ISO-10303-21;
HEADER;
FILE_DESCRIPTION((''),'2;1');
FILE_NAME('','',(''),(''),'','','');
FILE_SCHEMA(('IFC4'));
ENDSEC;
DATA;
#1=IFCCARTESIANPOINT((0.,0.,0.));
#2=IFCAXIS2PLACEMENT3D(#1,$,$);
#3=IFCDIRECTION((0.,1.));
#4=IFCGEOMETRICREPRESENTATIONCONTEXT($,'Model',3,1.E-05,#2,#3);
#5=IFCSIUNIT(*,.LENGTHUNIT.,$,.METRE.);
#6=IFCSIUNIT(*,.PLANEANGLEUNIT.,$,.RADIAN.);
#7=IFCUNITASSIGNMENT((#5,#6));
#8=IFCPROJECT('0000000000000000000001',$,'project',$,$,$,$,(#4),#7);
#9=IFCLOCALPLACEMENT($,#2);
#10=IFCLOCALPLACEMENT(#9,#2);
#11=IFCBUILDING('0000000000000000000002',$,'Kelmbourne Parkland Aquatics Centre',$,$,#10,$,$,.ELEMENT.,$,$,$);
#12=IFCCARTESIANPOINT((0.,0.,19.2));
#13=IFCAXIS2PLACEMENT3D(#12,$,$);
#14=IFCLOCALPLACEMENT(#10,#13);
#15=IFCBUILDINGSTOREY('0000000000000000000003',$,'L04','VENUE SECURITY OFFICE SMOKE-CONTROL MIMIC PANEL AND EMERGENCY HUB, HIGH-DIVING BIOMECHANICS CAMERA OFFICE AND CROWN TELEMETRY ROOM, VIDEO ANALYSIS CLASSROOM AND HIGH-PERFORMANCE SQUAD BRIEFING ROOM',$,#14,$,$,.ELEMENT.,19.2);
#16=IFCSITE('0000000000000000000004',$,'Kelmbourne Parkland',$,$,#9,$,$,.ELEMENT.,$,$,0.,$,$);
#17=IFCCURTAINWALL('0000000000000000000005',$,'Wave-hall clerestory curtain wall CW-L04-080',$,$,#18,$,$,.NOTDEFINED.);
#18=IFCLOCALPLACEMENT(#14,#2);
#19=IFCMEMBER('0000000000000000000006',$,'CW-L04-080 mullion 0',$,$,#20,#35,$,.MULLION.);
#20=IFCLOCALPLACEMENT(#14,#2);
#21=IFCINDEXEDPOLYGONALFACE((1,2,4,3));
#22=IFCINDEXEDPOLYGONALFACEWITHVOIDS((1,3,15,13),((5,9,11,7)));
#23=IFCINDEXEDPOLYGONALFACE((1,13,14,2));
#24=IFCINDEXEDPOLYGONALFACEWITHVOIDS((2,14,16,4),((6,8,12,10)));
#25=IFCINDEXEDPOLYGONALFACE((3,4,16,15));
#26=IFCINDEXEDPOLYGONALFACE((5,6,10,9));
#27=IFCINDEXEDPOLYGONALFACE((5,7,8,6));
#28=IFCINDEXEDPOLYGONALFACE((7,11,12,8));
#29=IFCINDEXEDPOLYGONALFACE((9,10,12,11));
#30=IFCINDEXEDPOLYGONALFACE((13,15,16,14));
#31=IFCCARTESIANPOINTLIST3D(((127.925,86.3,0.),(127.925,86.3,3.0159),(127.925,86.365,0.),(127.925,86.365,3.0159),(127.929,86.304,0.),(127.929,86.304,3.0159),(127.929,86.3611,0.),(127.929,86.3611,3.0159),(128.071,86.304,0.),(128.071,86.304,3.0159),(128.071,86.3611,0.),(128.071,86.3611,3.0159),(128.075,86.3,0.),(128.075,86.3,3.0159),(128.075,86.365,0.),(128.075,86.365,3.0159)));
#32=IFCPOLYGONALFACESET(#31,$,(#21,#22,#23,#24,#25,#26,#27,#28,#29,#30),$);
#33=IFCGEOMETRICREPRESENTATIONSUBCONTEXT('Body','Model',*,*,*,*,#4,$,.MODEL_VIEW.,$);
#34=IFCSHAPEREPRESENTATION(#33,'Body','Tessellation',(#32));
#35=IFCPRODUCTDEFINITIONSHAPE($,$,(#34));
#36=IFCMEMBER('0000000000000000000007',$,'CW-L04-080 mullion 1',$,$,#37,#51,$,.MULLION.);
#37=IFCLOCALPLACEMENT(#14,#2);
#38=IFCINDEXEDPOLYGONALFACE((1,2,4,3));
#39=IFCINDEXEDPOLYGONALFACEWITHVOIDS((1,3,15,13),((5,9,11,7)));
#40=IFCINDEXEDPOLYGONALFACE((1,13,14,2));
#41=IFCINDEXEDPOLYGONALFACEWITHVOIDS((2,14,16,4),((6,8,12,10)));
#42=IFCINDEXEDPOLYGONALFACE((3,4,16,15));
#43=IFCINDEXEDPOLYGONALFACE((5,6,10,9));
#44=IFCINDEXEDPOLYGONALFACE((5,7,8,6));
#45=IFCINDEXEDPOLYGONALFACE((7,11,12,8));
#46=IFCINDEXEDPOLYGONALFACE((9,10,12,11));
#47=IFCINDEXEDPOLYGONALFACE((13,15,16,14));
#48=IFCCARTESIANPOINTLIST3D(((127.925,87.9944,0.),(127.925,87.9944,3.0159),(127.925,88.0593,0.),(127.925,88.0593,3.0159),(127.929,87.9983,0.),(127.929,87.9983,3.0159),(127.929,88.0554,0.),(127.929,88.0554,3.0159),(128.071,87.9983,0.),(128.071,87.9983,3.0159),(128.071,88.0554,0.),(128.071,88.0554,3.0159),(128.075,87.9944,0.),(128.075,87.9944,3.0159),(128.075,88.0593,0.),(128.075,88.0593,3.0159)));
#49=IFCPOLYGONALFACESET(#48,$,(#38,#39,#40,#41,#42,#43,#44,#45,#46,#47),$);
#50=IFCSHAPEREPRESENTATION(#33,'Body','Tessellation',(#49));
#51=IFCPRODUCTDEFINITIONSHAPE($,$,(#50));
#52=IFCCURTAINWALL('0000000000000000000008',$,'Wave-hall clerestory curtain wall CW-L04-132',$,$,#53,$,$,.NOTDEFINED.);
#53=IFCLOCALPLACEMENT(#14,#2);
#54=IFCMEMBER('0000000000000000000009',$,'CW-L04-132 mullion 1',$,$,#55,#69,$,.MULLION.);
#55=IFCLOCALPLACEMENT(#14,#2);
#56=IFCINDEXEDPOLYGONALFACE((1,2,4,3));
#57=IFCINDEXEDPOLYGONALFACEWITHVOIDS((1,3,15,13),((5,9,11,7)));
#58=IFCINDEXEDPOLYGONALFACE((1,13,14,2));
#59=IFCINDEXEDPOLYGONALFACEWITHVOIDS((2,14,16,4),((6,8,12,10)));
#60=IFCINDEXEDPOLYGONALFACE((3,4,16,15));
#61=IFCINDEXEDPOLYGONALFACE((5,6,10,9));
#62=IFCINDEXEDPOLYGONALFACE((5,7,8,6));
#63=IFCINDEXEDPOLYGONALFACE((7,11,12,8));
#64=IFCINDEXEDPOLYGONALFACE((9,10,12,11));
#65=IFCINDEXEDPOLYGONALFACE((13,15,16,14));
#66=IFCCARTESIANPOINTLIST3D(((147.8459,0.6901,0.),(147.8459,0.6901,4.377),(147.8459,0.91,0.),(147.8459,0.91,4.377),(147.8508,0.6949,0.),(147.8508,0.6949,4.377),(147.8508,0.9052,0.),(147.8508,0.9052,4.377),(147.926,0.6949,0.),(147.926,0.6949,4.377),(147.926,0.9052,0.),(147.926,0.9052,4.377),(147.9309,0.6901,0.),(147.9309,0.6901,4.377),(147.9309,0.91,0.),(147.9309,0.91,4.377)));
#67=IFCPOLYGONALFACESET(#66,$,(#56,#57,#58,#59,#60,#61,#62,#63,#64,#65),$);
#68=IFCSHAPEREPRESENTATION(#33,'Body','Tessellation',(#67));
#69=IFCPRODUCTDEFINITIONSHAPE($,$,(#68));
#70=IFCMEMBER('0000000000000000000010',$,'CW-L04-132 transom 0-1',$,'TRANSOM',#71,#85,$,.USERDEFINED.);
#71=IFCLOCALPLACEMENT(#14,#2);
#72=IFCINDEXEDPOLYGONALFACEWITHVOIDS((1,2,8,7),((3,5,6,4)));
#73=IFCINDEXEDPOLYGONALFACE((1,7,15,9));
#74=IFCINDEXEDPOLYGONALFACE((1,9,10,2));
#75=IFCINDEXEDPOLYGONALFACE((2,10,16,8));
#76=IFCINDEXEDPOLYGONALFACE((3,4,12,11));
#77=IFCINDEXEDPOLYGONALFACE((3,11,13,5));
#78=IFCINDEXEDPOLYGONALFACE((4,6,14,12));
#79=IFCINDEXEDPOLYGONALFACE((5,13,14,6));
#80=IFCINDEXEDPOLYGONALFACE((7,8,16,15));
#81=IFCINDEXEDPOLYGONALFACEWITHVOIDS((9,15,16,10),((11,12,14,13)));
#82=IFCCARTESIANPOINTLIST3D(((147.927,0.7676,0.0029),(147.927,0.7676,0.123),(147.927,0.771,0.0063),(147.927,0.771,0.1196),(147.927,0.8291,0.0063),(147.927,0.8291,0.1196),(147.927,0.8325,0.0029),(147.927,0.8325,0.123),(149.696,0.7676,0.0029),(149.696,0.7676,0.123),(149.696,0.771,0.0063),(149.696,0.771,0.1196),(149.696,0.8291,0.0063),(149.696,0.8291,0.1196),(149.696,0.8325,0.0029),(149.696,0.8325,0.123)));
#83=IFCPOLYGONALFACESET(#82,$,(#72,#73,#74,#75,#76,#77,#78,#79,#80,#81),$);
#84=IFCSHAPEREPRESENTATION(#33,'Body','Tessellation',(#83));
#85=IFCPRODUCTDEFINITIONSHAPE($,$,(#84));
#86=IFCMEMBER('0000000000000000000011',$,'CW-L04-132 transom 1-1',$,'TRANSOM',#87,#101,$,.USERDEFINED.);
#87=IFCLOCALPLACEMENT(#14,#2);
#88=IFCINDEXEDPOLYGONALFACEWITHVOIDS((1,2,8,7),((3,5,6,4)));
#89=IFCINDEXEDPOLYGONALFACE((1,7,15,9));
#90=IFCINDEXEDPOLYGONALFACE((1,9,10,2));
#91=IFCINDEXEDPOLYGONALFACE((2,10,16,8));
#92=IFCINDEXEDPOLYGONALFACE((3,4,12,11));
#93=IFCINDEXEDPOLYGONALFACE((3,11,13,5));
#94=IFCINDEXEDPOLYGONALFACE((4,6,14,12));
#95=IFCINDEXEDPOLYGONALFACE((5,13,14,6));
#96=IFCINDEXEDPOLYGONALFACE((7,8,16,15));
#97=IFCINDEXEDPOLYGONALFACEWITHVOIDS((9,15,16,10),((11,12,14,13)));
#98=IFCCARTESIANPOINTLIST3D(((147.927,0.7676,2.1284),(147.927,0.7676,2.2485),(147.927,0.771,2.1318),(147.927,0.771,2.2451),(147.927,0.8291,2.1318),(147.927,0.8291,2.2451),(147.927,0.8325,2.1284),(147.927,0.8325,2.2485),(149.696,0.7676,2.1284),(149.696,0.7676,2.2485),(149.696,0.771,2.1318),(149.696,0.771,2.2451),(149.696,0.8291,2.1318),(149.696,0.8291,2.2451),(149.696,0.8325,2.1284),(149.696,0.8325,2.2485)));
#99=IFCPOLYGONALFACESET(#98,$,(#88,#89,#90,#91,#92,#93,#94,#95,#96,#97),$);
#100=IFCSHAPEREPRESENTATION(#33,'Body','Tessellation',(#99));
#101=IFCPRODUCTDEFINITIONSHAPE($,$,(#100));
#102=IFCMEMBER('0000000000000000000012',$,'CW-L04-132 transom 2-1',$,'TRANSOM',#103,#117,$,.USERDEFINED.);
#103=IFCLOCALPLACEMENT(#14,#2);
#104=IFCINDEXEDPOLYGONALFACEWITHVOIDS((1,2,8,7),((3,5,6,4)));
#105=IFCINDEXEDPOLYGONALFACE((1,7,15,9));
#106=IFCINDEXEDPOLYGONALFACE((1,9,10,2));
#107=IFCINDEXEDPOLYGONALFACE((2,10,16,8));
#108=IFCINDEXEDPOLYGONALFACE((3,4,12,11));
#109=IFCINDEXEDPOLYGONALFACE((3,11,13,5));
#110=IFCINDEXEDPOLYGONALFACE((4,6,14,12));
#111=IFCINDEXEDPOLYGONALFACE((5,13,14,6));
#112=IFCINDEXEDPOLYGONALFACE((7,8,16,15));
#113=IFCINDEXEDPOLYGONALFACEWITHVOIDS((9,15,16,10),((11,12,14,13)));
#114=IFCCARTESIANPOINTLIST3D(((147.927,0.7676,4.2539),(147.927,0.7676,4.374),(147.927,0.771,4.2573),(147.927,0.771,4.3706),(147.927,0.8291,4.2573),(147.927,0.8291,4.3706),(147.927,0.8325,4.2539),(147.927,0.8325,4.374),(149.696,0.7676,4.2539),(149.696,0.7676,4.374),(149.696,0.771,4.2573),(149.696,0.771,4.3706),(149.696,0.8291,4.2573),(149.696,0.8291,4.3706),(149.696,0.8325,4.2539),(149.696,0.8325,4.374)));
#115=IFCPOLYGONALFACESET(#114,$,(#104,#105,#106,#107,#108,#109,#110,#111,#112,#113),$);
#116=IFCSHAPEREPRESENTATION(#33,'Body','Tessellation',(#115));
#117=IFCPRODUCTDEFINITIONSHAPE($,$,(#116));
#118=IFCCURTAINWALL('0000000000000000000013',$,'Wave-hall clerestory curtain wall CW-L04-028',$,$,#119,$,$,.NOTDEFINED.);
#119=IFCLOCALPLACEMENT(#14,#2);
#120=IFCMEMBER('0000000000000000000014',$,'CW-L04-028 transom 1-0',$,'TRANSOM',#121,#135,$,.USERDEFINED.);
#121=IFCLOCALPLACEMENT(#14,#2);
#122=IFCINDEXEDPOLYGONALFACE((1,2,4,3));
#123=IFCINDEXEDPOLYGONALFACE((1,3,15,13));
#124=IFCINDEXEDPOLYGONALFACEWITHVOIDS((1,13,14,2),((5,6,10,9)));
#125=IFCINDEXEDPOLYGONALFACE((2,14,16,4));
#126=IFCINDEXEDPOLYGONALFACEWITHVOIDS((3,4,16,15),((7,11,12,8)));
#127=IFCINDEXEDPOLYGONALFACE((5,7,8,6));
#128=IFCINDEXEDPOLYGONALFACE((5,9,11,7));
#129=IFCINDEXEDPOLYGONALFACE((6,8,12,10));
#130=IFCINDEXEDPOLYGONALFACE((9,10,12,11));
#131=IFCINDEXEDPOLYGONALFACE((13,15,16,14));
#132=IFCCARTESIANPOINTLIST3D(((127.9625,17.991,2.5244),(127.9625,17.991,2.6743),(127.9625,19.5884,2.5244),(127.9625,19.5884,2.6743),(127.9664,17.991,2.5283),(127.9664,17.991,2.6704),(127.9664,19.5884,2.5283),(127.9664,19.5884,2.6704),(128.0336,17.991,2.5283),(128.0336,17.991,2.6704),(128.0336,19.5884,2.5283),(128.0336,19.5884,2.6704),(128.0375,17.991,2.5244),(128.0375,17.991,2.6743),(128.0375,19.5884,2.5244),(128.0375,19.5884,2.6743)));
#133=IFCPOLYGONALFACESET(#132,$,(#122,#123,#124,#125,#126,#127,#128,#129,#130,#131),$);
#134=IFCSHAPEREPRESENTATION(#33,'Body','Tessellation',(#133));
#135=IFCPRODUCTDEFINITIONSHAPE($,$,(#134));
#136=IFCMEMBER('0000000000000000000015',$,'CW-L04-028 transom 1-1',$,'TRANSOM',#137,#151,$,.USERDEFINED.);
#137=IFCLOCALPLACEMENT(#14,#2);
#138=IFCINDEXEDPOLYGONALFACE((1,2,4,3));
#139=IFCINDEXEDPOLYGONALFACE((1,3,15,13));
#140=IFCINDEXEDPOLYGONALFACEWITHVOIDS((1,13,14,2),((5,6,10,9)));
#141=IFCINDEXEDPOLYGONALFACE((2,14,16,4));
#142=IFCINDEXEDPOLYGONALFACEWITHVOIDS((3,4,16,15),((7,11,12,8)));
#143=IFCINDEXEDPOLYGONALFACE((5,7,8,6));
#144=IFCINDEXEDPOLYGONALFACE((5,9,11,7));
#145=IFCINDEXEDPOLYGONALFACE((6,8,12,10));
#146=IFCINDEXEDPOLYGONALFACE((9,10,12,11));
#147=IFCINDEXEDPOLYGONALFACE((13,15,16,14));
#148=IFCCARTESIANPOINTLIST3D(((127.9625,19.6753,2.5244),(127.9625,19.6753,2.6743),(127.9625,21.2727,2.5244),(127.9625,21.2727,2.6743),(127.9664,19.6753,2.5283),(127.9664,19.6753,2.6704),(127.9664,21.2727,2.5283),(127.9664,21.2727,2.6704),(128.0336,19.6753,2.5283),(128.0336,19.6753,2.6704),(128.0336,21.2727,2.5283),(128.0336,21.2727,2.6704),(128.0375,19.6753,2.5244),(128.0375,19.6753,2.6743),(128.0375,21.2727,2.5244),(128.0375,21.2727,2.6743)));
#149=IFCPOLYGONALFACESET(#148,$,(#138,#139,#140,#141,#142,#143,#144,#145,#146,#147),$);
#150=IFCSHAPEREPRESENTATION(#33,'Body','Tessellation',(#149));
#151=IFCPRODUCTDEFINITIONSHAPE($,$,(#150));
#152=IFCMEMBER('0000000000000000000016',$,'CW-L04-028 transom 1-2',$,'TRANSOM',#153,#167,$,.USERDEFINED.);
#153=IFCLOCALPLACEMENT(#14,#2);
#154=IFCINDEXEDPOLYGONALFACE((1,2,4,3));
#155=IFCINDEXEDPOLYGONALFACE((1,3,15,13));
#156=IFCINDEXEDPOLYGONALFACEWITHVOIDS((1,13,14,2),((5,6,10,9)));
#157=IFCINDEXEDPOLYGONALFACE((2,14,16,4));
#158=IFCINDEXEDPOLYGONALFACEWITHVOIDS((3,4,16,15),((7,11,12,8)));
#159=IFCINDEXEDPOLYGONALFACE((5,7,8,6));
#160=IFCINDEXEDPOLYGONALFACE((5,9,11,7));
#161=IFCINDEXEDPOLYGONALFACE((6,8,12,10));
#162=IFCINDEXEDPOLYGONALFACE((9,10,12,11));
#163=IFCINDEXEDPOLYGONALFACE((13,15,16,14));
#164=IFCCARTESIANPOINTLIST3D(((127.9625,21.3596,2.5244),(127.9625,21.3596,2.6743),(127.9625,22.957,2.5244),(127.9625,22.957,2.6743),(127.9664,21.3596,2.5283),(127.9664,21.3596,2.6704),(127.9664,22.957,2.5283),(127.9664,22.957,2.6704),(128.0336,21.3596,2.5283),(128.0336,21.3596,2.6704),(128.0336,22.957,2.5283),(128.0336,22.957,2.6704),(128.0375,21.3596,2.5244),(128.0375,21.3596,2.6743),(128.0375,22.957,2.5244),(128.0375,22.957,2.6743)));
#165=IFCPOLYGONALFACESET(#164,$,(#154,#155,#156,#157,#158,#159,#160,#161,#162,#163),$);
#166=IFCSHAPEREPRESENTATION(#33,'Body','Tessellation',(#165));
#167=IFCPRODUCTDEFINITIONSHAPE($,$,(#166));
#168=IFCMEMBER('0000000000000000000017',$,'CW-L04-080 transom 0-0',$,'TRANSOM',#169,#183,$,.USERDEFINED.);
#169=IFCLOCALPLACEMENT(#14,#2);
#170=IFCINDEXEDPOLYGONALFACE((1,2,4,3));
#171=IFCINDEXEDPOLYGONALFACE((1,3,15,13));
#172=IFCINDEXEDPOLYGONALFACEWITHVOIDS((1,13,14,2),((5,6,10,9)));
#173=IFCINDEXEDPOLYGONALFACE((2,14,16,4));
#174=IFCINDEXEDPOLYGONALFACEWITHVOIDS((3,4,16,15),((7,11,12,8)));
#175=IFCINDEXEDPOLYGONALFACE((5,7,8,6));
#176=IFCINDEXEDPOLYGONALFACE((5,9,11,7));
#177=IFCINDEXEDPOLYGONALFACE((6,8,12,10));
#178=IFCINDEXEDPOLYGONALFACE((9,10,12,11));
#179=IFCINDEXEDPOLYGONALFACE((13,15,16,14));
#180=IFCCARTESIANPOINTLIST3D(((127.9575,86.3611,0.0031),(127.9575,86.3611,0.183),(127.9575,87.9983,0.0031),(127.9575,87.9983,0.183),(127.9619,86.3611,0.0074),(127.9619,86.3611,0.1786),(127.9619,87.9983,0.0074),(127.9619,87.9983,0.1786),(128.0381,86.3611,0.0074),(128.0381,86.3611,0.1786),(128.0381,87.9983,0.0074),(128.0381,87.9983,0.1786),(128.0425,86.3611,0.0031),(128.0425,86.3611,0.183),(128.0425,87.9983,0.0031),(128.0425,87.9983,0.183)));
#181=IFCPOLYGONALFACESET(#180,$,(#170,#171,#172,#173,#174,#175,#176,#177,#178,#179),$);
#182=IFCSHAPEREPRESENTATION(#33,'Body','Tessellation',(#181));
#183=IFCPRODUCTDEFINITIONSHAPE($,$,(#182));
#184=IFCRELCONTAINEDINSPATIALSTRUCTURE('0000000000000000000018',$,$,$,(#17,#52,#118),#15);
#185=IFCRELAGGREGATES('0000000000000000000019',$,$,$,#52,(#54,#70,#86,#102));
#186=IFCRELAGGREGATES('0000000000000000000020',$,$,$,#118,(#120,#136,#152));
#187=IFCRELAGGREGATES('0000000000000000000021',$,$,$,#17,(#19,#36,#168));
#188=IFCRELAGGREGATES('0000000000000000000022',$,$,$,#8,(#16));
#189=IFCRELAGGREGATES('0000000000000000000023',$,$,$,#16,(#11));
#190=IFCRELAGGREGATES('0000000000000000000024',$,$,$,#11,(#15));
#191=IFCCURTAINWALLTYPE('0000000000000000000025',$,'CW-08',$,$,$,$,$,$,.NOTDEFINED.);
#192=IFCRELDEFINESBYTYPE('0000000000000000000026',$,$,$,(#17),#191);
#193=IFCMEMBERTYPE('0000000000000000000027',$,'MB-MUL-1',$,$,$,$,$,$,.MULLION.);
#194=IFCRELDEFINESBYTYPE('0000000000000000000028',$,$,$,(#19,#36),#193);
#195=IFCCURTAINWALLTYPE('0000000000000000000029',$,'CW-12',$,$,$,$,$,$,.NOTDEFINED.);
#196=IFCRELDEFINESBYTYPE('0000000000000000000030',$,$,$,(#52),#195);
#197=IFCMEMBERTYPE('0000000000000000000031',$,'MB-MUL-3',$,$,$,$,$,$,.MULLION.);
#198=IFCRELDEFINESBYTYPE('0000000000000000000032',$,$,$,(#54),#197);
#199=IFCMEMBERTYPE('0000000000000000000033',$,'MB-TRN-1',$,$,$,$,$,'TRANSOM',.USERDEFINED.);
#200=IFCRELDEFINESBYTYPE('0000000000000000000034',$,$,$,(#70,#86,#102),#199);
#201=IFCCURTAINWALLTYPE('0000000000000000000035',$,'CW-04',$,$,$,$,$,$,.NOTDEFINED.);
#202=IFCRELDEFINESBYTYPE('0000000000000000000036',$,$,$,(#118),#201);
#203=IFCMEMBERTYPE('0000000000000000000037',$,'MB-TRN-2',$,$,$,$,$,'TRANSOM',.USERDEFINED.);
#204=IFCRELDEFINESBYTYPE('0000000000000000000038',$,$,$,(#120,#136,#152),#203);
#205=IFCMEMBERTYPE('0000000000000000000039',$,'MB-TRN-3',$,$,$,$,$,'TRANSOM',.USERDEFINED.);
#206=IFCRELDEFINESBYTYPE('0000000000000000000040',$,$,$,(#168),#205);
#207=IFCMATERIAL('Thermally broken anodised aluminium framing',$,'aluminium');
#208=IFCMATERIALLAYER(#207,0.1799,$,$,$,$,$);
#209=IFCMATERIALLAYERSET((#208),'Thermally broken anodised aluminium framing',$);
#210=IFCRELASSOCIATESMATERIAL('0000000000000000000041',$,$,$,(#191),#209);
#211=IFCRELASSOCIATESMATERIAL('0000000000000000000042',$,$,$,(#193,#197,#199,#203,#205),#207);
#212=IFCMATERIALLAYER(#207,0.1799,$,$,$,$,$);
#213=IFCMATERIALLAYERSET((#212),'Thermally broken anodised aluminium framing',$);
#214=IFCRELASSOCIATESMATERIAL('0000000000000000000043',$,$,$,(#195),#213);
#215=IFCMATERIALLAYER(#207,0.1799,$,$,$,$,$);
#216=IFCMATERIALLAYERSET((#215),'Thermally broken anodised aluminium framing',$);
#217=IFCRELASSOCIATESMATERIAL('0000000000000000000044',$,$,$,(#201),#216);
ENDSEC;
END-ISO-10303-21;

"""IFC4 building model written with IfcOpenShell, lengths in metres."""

from ifc_helpers import new_model, si_unit, direction, frame, origin, origin_2d, place, context, subcontext, project, spatial, hollow_rectangle, extrude, material, layer, layer_set, material_profile, profile_set, type_object, element, aggregate, save


model = new_model("IFC4")

# Units and contexts
model_context = context("Model", 3, precision=1e-05, world=origin(), true_north=direction((0.0, 1.0)))
body_context = subcontext(model_context, "Body", "Model", "MODEL_VIEW")
ifc_project = project(units=[si_unit("LENGTHUNIT", "METRE"), si_unit("PLANEANGLEUNIT", "RADIAN")], contexts=[model_context])

# Site, building, storey
site_placement = place(None, origin())
site = spatial("IfcSite", under=ifc_project, at=site_placement, Name="Kelmbourne Parkland", CompositionType="ELEMENT", RefElevation=0.0)
building_placement = place(site_placement, origin())
building = spatial("IfcBuilding", under=site, at=building_placement, Name="Kelmbourne Parkland Aquatics Centre", CompositionType="ELEMENT")
storey_placement = place(building_placement, frame((0.0, 0.0, 19.2)))
storey = spatial("IfcBuildingStorey", under=building, at=storey_placement, Name="L04", Description="VENUE SECURITY OFFICE SMOKE-CONTROL MIMIC PANEL AND EMERGENCY HUB, HIGH-DIVING BIOMECHANICS CAMERA OFFICE AND CROWN TELEMETRY ROOM, VIDEO ANALYSIS CLASSROOM AND HIGH-PERFORMANCE SQUAD BRIEFING ROOM", CompositionType="ELEMENT", Elevation=19.2)

# Curtain walls, members
ifc_material_1 = material(Name="Thermally broken anodised aluminium framing", Category="aluminium")
ifc_layer_1 = layer(ifc_material_1, 0.1799)
ifc_layer_set_1 = layer_set([ifc_layer_1], Name="Thermally broken anodised aluminium framing")
curtain_wall_type_1 = type_object("IfcCurtainWallType", Name="CW-08", PredefinedType="NOTDEFINED", material=ifc_layer_set_1)
curtain_wall_1_placement = place(storey_placement, origin())
curtain_wall_1 = element("IfcCurtainWall", 1, at=curtain_wall_1_placement, inside=storey, type_object=curtain_wall_type_1, Name="Wave-hall clerestory curtain wall CW-L04-080", PredefinedType="NOTDEFINED")
ifc_material_profile_1 = material_profile(ifc_material_1, hollow_rectangle(XDim=0.0649, YDim=0.1499, WallThickness=0.0039, at=origin_2d()), Name="CW-M 65x150")
ifc_profile_set_1 = profile_set([ifc_material_profile_1], Name="Thermally broken anodised aluminium framing")
member_type_1 = type_object("IfcMemberType", Name="MB-MUL-1", PredefinedType="MULLION", material=ifc_profile_set_1)
member_1_placement = place(storey_placement, frame((128.0, 86.3325, 0.0), z_axis=(0.0, 0.0, 1.0), x_axis=(0.0, 1.0, 0.0)))
member_1 = element("IfcMember", 2, at=member_1_placement, type_object=member_type_1, Name="CW-L04-080 mullion 0", PredefinedType="MULLION", context=body_context, shape_type="SweptSolid", body=[
    extrude(hollow_rectangle(XDim=0.0649, YDim=0.1499, WallThickness=0.0039, at=origin_2d()), origin(), (0.0, 0.0, 1.0), 3.0159),
])
member_2_placement = place(storey_placement, frame((128.0, 88.0269, 0.0), z_axis=(0.0, 0.0, 1.0), x_axis=(0.0, 1.0, 0.0)))
member_2 = element("IfcMember", 3, at=member_2_placement, type_object=member_type_1, Name="CW-L04-080 mullion 1", PredefinedType="MULLION", context=body_context, shape_type="SweptSolid", body=[
    extrude(hollow_rectangle(XDim=0.0649, YDim=0.1499, WallThickness=0.0039, at=origin_2d()), origin(), (0.0, 0.0, 1.0), 3.0159),
])
ifc_layer_2 = layer(ifc_material_1, 0.1799)
ifc_layer_set_2 = layer_set([ifc_layer_2], Name="Thermally broken anodised aluminium framing")
curtain_wall_type_2 = type_object("IfcCurtainWallType", Name="CW-12", PredefinedType="NOTDEFINED", material=ifc_layer_set_2)
curtain_wall_2_placement = place(storey_placement, origin())
curtain_wall_2 = element("IfcCurtainWall", 4, at=curtain_wall_2_placement, inside=storey, type_object=curtain_wall_type_2, Name="Wave-hall clerestory curtain wall CW-L04-132", PredefinedType="NOTDEFINED")
ifc_material_profile_2 = material_profile(ifc_material_1, hollow_rectangle(XDim=0.085, YDim=0.22, WallThickness=0.0049, at=origin_2d()), Name="CW-M 85x220")
ifc_profile_set_2 = profile_set([ifc_material_profile_2], Name="Thermally broken anodised aluminium framing")
member_type_2 = type_object("IfcMemberType", Name="MB-MUL-3", PredefinedType="MULLION", material=ifc_profile_set_2)
member_3_placement = place(storey_placement, frame((147.8884, 0.8, 0.0), z_axis=(0.0, 0.0, 1.0), x_axis=(1.0, 0.0, 0.0)))
member_3 = element("IfcMember", 5, at=member_3_placement, type_object=member_type_2, Name="CW-L04-132 mullion 1", PredefinedType="MULLION", context=body_context, shape_type="SweptSolid", body=[
    extrude(hollow_rectangle(XDim=0.085, YDim=0.22, WallThickness=0.0049, at=origin_2d()), origin(), (0.0, 0.0, 1.0), 4.377),
])
ifc_material_profile_3 = material_profile(ifc_material_1, hollow_rectangle(XDim=0.0649, YDim=0.1201, WallThickness=0.0034, at=origin_2d()), Name="CW-T 65x120")
ifc_profile_set_3 = profile_set([ifc_material_profile_3], Name="Thermally broken anodised aluminium framing")
member_type_3 = type_object("IfcMemberType", Name="MB-TRN-1", ElementType="TRANSOM", PredefinedType="USERDEFINED", material=ifc_profile_set_3)
member_4_placement = place(storey_placement, frame((147.927, 0.8, 0.063), z_axis=(1.0, 0.0, 0.0), x_axis=(0.0, 1.0, 0.0)))
member_4 = element("IfcMember", 6, at=member_4_placement, type_object=member_type_3, Name="CW-L04-132 transom 0-1", ObjectType="TRANSOM", PredefinedType="USERDEFINED", context=body_context, shape_type="SweptSolid", body=[
    extrude(hollow_rectangle(XDim=0.0649, YDim=0.1201, WallThickness=0.0034, at=origin_2d()), origin(), (0.0, 0.0, 1.0), 1.769),
])
member_5_placement = place(storey_placement, frame((147.927, 0.8, 2.1885), z_axis=(1.0, 0.0, 0.0), x_axis=(0.0, 1.0, 0.0)))
member_5 = element("IfcMember", 7, at=member_5_placement, type_object=member_type_3, Name="CW-L04-132 transom 1-1", ObjectType="TRANSOM", PredefinedType="USERDEFINED", context=body_context, shape_type="SweptSolid", body=[
    extrude(hollow_rectangle(XDim=0.0649, YDim=0.1201, WallThickness=0.0034, at=origin_2d()), origin(), (0.0, 0.0, 1.0), 1.769),
])
member_6_placement = place(storey_placement, frame((147.927, 0.8, 4.314), z_axis=(1.0, 0.0, 0.0), x_axis=(0.0, 1.0, 0.0)))
member_6 = element("IfcMember", 8, at=member_6_placement, type_object=member_type_3, Name="CW-L04-132 transom 2-1", ObjectType="TRANSOM", PredefinedType="USERDEFINED", context=body_context, shape_type="SweptSolid", body=[
    extrude(hollow_rectangle(XDim=0.0649, YDim=0.1201, WallThickness=0.0034, at=origin_2d()), origin(), (0.0, 0.0, 1.0), 1.769),
])
aggregate(curtain_wall_2, [member_3, member_4, member_5, member_6])
ifc_layer_3 = layer(ifc_material_1, 0.1799)
ifc_layer_set_3 = layer_set([ifc_layer_3], Name="Thermally broken anodised aluminium framing")
curtain_wall_type_3 = type_object("IfcCurtainWallType", Name="CW-04", PredefinedType="NOTDEFINED", material=ifc_layer_set_3)
curtain_wall_3_placement = place(storey_placement, origin())
curtain_wall_3 = element("IfcCurtainWall", 9, at=curtain_wall_3_placement, inside=storey, type_object=curtain_wall_type_3, Name="Wave-hall clerestory curtain wall CW-L04-028", PredefinedType="NOTDEFINED")
ifc_material_profile_4 = material_profile(ifc_material_1, hollow_rectangle(XDim=0.075, YDim=0.1499, WallThickness=0.0039, at=origin_2d()), Name="CW-T 75x150")
ifc_profile_set_4 = profile_set([ifc_material_profile_4], Name="Thermally broken anodised aluminium framing")
member_type_4 = type_object("IfcMemberType", Name="MB-TRN-2", ElementType="TRANSOM", PredefinedType="USERDEFINED", material=ifc_profile_set_4)
member_7_placement = place(storey_placement, frame((128.0, 17.991, 2.5994), z_axis=(0.0, 1.0, 0.0), x_axis=(-1.0, 0.0, 0.0)))
member_7 = element("IfcMember", 10, at=member_7_placement, type_object=member_type_4, Name="CW-L04-028 transom 1-0", ObjectType="TRANSOM", PredefinedType="USERDEFINED", context=body_context, shape_type="SweptSolid", body=[
    extrude(hollow_rectangle(XDim=0.075, YDim=0.1499, WallThickness=0.0039, at=origin_2d()), origin(), (0.0, 0.0, 1.0), 1.5974),
])
member_8_placement = place(storey_placement, frame((128.0, 19.6753, 2.5994), z_axis=(0.0, 1.0, 0.0), x_axis=(-1.0, 0.0, 0.0)))
member_8 = element("IfcMember", 11, at=member_8_placement, type_object=member_type_4, Name="CW-L04-028 transom 1-1", ObjectType="TRANSOM", PredefinedType="USERDEFINED", context=body_context, shape_type="SweptSolid", body=[
    extrude(hollow_rectangle(XDim=0.075, YDim=0.1499, WallThickness=0.0039, at=origin_2d()), origin(), (0.0, 0.0, 1.0), 1.5974),
])
member_9_placement = place(storey_placement, frame((128.0, 21.3596, 2.5994), z_axis=(0.0, 1.0, 0.0), x_axis=(-1.0, 0.0, 0.0)))
member_9 = element("IfcMember", 12, at=member_9_placement, type_object=member_type_4, Name="CW-L04-028 transom 1-2", ObjectType="TRANSOM", PredefinedType="USERDEFINED", context=body_context, shape_type="SweptSolid", body=[
    extrude(hollow_rectangle(XDim=0.075, YDim=0.1499, WallThickness=0.0039, at=origin_2d()), origin(), (0.0, 0.0, 1.0), 1.5974),
])

# Member
ifc_material_profile_5 = material_profile(ifc_material_1, hollow_rectangle(XDim=0.085, YDim=0.1799, WallThickness=0.0044, at=origin_2d()), Name="CW-T 85x180")
ifc_profile_set_5 = profile_set([ifc_material_profile_5], Name="Thermally broken anodised aluminium framing")
member_type_5 = type_object("IfcMemberType", Name="MB-TRN-3", ElementType="TRANSOM", PredefinedType="USERDEFINED", material=ifc_profile_set_5)
member_10_placement = place(storey_placement, frame((128.0, 86.3611, 0.093), z_axis=(0.0, 1.0, 0.0), x_axis=(-1.0, 0.0, 0.0)))
member_10 = element("IfcMember", 13, at=member_10_placement, type_object=member_type_5, Name="CW-L04-080 transom 0-0", ObjectType="TRANSOM", PredefinedType="USERDEFINED", context=body_context, shape_type="SweptSolid", body=[
    extrude(hollow_rectangle(XDim=0.085, YDim=0.1799, WallThickness=0.0044, at=origin_2d()), origin(), (0.0, 0.0, 1.0), 1.6372),
])

aggregate(curtain_wall_3, [member_7, member_8, member_9])
aggregate(curtain_wall_1, [member_1, member_2, member_10])

save(model, "model.ifc")
